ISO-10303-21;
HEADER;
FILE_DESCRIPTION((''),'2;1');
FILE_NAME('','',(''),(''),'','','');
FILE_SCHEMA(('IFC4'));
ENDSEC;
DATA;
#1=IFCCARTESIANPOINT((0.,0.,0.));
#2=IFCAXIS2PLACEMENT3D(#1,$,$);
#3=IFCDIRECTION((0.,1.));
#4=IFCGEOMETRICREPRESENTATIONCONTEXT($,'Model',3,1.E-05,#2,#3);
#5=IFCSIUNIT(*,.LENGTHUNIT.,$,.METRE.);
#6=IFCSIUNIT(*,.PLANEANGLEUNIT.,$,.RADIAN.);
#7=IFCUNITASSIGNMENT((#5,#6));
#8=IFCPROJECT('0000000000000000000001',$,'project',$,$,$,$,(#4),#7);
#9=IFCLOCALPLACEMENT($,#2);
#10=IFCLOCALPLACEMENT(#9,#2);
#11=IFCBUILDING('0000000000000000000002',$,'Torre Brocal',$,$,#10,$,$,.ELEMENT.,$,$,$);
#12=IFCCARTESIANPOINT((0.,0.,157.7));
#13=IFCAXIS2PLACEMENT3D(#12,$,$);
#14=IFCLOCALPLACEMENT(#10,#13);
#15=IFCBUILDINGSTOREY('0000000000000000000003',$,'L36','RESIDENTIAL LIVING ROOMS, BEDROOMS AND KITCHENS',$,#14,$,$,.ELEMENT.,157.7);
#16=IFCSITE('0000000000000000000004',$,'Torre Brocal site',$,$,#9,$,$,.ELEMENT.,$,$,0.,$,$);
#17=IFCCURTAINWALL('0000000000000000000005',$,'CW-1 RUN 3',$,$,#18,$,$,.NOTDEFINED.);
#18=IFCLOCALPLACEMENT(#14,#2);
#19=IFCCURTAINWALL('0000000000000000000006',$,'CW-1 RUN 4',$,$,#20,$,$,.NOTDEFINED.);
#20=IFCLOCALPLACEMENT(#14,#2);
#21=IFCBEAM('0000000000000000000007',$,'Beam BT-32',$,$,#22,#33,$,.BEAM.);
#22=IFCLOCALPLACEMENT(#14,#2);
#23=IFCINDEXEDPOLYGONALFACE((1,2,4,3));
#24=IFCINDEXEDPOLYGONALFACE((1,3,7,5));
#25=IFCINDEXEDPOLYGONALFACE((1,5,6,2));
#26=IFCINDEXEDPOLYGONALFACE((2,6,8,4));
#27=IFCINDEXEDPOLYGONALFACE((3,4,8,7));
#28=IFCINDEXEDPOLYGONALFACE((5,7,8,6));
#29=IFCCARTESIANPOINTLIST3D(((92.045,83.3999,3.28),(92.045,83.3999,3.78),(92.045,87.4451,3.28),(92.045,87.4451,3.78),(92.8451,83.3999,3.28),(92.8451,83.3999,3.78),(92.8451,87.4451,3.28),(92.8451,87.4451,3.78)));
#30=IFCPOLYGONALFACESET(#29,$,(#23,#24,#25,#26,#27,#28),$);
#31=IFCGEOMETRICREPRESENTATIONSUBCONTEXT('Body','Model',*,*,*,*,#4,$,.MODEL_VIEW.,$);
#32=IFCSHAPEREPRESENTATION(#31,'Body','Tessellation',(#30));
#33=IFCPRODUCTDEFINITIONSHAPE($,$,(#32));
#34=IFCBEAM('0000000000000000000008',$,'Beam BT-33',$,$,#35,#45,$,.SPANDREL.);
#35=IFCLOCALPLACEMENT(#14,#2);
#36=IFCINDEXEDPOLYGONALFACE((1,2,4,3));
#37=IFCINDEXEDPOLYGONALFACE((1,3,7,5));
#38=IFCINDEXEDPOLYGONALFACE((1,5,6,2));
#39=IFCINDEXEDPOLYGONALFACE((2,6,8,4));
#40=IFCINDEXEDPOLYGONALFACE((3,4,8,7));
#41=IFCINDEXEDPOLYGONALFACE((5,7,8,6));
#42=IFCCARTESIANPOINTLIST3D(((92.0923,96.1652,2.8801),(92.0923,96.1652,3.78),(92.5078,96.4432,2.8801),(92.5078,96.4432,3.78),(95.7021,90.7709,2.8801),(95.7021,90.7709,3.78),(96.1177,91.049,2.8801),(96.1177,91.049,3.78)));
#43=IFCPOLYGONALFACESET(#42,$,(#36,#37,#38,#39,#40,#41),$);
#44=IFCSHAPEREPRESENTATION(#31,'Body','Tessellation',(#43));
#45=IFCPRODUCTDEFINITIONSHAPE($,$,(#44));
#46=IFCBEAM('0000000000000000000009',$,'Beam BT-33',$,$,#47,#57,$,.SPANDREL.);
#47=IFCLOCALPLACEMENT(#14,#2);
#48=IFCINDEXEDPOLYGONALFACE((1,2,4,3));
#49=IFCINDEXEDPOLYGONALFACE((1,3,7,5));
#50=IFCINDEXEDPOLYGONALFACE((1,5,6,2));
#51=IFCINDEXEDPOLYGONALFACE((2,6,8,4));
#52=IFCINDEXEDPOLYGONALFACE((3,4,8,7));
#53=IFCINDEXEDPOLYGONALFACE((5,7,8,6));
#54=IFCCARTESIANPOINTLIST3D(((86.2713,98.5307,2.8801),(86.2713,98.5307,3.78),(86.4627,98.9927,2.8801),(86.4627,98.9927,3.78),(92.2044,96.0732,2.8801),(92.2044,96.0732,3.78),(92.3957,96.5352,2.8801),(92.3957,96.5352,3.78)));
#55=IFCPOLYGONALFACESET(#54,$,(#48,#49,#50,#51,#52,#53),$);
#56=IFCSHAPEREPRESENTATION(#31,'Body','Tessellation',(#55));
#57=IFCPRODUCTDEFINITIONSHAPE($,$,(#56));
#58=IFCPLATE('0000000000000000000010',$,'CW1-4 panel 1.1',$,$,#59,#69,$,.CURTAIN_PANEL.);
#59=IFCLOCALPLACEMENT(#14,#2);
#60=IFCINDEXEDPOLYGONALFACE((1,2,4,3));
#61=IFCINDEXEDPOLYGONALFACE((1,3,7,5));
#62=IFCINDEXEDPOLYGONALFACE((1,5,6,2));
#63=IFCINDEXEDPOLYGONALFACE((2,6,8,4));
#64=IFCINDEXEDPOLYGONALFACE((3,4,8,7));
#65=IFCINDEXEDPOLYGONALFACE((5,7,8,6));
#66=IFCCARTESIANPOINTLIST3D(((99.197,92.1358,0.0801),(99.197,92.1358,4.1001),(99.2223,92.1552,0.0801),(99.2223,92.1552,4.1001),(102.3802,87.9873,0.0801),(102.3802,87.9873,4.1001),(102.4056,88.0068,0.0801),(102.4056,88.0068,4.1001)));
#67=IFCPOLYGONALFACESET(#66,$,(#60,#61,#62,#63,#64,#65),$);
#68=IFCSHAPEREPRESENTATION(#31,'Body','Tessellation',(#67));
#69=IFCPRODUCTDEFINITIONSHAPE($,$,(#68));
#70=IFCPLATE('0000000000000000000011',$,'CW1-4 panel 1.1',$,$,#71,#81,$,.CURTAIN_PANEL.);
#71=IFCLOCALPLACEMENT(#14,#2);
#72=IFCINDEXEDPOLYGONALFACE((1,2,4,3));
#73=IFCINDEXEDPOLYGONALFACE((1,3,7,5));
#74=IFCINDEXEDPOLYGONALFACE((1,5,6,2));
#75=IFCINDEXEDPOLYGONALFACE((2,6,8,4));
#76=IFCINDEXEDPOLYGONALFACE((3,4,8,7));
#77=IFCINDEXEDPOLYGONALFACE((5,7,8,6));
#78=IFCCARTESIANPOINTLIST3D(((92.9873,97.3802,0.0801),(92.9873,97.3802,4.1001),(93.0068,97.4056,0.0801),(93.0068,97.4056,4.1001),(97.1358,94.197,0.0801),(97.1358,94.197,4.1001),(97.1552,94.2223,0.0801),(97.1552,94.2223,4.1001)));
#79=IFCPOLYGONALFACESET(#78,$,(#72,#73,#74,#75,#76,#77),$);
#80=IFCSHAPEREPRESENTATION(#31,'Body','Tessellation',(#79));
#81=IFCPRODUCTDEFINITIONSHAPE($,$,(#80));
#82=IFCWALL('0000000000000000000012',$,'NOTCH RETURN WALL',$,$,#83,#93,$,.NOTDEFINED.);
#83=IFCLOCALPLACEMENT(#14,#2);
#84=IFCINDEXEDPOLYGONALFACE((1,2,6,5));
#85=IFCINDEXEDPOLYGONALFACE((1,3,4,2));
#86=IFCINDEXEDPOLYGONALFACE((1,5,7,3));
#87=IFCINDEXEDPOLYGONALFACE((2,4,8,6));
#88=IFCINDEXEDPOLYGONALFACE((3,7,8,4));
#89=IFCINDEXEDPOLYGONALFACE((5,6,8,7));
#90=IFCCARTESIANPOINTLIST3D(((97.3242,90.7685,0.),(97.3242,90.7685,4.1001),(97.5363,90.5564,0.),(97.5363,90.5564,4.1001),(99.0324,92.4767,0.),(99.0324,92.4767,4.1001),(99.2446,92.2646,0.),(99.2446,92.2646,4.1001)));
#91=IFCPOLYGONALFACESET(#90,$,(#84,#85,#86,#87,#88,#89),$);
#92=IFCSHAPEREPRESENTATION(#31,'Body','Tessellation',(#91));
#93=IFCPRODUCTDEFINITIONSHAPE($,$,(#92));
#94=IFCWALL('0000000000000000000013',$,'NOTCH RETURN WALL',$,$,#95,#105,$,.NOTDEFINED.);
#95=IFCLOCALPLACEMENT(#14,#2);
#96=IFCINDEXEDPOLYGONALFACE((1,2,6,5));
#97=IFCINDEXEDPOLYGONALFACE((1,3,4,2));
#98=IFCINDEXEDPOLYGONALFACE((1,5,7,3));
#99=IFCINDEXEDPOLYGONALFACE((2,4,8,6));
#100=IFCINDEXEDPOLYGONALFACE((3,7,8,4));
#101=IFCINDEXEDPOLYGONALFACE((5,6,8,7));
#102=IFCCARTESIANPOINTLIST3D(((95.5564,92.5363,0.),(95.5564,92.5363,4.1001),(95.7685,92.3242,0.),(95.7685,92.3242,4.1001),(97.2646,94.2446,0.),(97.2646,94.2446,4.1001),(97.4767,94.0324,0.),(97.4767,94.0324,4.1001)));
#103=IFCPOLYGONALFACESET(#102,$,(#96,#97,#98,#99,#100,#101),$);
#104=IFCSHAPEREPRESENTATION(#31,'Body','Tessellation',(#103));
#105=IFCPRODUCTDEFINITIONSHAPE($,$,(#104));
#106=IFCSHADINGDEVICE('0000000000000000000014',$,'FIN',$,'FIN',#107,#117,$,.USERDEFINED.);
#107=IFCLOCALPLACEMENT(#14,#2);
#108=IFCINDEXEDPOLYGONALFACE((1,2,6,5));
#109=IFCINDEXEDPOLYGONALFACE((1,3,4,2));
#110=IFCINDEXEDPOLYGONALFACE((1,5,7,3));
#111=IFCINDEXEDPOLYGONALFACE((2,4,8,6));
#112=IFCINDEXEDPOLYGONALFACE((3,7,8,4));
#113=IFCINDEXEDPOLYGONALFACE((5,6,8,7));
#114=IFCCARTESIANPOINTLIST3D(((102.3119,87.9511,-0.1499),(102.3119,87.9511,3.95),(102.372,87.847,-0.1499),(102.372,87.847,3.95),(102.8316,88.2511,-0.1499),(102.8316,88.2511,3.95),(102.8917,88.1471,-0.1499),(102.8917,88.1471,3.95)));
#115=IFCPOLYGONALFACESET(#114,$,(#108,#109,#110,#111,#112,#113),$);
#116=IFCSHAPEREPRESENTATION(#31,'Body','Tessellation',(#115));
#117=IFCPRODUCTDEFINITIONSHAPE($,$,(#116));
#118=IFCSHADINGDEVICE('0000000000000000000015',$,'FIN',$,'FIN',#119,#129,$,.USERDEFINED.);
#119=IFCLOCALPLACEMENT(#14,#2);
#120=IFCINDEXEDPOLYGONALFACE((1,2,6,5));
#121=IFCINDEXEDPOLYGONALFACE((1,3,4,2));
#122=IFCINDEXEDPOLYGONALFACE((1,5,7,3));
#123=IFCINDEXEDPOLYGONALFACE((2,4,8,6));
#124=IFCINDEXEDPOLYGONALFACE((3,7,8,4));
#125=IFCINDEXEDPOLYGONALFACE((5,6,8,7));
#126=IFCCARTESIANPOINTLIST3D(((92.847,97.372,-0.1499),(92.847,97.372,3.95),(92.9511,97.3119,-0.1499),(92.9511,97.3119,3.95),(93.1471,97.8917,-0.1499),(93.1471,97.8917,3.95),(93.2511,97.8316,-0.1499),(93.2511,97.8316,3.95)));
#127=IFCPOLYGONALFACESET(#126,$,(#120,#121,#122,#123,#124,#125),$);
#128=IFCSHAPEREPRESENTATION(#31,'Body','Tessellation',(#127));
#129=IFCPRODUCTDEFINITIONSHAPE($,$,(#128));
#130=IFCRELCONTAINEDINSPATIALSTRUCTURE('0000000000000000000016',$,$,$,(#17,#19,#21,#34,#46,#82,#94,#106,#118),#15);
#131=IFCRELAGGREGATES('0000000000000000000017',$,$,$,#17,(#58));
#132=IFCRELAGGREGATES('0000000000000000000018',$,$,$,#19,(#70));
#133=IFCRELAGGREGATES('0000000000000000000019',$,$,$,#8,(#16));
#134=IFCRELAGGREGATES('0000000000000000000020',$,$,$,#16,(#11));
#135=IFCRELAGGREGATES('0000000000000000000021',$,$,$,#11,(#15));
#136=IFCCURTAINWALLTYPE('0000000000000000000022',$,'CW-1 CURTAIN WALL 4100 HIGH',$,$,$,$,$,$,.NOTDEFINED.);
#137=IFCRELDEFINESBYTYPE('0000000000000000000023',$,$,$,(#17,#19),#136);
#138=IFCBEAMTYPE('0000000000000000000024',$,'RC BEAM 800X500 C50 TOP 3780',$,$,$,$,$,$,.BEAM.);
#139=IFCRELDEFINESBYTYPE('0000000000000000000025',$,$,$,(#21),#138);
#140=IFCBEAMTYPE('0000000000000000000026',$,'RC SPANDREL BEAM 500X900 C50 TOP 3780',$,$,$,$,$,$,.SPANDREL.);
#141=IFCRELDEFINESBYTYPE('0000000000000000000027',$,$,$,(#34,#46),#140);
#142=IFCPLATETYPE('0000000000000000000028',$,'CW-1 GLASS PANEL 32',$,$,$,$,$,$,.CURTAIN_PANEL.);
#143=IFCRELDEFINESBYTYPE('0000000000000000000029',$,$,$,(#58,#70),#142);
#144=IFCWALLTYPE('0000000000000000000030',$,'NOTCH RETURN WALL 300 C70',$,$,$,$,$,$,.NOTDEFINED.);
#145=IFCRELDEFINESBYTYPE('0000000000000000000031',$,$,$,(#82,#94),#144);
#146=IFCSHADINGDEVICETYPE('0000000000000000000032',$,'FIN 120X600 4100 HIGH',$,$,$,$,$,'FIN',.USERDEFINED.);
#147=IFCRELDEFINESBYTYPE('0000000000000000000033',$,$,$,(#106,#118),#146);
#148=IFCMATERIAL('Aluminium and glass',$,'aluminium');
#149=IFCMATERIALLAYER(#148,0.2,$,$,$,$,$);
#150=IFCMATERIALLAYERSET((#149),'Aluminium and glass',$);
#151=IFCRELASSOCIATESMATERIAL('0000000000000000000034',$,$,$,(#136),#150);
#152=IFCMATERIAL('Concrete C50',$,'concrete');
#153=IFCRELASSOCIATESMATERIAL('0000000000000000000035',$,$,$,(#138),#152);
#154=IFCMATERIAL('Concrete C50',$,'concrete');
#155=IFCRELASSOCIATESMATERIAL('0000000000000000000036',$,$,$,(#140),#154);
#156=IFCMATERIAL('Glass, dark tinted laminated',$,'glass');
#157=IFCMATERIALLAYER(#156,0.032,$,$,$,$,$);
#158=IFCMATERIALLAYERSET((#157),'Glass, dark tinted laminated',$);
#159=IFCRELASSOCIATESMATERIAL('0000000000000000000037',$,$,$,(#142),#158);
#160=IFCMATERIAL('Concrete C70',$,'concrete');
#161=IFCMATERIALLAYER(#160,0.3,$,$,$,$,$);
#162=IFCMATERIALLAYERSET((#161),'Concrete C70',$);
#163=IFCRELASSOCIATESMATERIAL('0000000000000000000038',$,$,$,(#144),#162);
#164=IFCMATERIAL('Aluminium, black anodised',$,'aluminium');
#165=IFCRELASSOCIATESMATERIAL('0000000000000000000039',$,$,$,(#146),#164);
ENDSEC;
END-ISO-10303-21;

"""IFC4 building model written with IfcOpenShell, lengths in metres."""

from ifc_helpers import new_model, si_unit, direction, frame, frame_2d, origin, origin_2d, place, context, subcontext, project, spatial, rectangle, extrude, material, layer, layer_set, material_profile, profile_set, type_object, element, aggregate, save


model = new_model("IFC4")

# Units and contexts
model_context = context("Model", 3, precision=1e-05, world=origin(), true_north=direction((0.0, 1.0)))
body_context = subcontext(model_context, "Body", "Model", "MODEL_VIEW")
ifc_project = project(units=[si_unit("LENGTHUNIT", "METRE"), si_unit("PLANEANGLEUNIT", "RADIAN")], contexts=[model_context])

# Site, building, storey
site_placement = place(None, origin())
site = spatial("IfcSite", under=ifc_project, at=site_placement, Name="Torre Brocal site", CompositionType="ELEMENT", RefElevation=0.0)
building_placement = place(site_placement, origin())
building = spatial("IfcBuilding", under=site, at=building_placement, Name="Torre Brocal", CompositionType="ELEMENT")
storey_placement = place(building_placement, frame((0.0, 0.0, 157.7)))
storey = spatial("IfcBuildingStorey", under=building, at=storey_placement, Name="L36", Description="RESIDENTIAL LIVING ROOMS, BEDROOMS AND KITCHENS", CompositionType="ELEMENT", Elevation=157.7)

# Shared definitions
ifc_material_1 = material(Name="Aluminium and glass", Category="aluminium")
ifc_layer_1 = layer(ifc_material_1, 0.2)
ifc_layer_set_1 = layer_set([ifc_layer_1], Name="Aluminium and glass")
curtain_wall_type = type_object("IfcCurtainWallType", Name="CW-1 CURTAIN WALL 4100 HIGH", PredefinedType="NOTDEFINED", material=ifc_layer_set_1)

# Curtain walls
curtain_wall_1_placement = place(storey_placement, origin())
curtain_wall_1 = element("IfcCurtainWall", 1, at=curtain_wall_1_placement, inside=storey, type_object=curtain_wall_type, Name="CW-1 RUN 3", PredefinedType="NOTDEFINED")
curtain_wall_2_placement = place(storey_placement, origin())
curtain_wall_2 = element("IfcCurtainWall", 2, at=curtain_wall_2_placement, inside=storey, type_object=curtain_wall_type, Name="CW-1 RUN 4", PredefinedType="NOTDEFINED")

# Beams
ifc_material_2 = material(Name="Concrete C50", Category="concrete")
ifc_material_profile_1 = material_profile(ifc_material_2, rectangle(XDim=0.8, YDim=0.5, at=origin_2d()), Name="RC 800X500")
ifc_profile_set_1 = profile_set([ifc_material_profile_1], Name="Concrete C50")
beam_type_1 = type_object("IfcBeamType", Name="RC BEAM 800X500 C50 TOP 3780", PredefinedType="BEAM", material=ifc_profile_set_1)
beam_1_placement = place(storey_placement, frame((92.4451, 87.4451, 3.53), z_axis=(0.0, -1.0, 0.0), x_axis=(1.0, 0.0, 0.0)))
element("IfcBeam", 3, at=beam_1_placement, inside=storey, type_object=beam_type_1, Name="Beam BT-32", PredefinedType="BEAM", context=body_context, shape_type="SweptSolid", body=[
    extrude(rectangle(XDim=0.8, YDim=0.5, at=origin_2d()), origin(), (0.0, 0.0, 1.0), 4.0452),
])
ifc_material_3 = material(Name="Concrete C50", Category="concrete")
ifc_material_profile_2 = material_profile(ifc_material_3, rectangle(XDim=0.5, YDim=0.8999, at=origin_2d()), Name="RC 500X900")
ifc_profile_set_2 = profile_set([ifc_material_profile_2], Name="Concrete C50")
beam_type_2 = type_object("IfcBeamType", Name="RC SPANDREL BEAM 500X900 C50 TOP 3780", PredefinedType="SPANDREL", material=ifc_profile_set_2)
beam_2_placement = place(storey_placement, frame((95.9099, 90.9099, 3.3301), z_axis=(-0.556158, 0.831077, 0.0), x_axis=(-0.831077, -0.556158, 0.0)))
element("IfcBeam", 4, at=beam_2_placement, inside=storey, type_object=beam_type_2, Name="Beam BT-33", PredefinedType="SPANDREL", context=body_context, shape_type="SweptSolid", body=[
    extrude(rectangle(XDim=0.5, YDim=0.8999, at=origin_2d()), origin(), (0.0, 0.0, 1.0), 6.4907),
])
beam_3_placement = place(storey_placement, frame((92.3, 96.3042, 3.3301), z_axis=(-0.923882, 0.382676, 0.0), x_axis=(-0.382676, -0.923882, 0.0)))
element("IfcBeam", 5, at=beam_3_placement, inside=storey, type_object=beam_type_2, Name="Beam BT-33", PredefinedType="SPANDREL", context=body_context, shape_type="SweptSolid", body=[
    extrude(rectangle(XDim=0.5, YDim=0.8999, at=origin_2d()), origin(), (0.0, 0.0, 1.0), 6.4219),
])

# Plates
ifc_material_4 = material(Name="Glass, dark tinted laminated", Category="glass")
ifc_layer_2 = layer(ifc_material_4, 0.032)
ifc_layer_set_2 = layer_set([ifc_layer_2], Name="Glass, dark tinted laminated")
plate_type = type_object("IfcPlateType", Name="CW-1 GLASS PANEL 32", PredefinedType="CURTAIN_PANEL", material=ifc_layer_set_2)
plate_1_placement = place(storey_placement, frame((100.8013, 90.0713, 0.0801), z_axis=(0.0, 0.0, 1.0), x_axis=(-0.608761, 0.793353, 0.0)))
plate_1 = element("IfcPlate", 6, at=plate_1_placement, type_object=plate_type, Name="CW1-4 panel 1.1", PredefinedType="CURTAIN_PANEL", context=body_context, shape_type="SweptSolid", body=[
    extrude(rectangle(XDim=5.229, YDim=0.032, at=origin_2d()), origin(), (0.0, 0.0, 1.0), 4.02),
])
aggregate(curtain_wall_1, [plate_1])
plate_2_placement = place(storey_placement, frame((95.0713, 95.8013, 0.0801), z_axis=(0.0, 0.0, 1.0), x_axis=(-0.793353, 0.608761, 0.0)))
plate_2 = element("IfcPlate", 7, at=plate_2_placement, type_object=plate_type, Name="CW1-4 panel 1.1", PredefinedType="CURTAIN_PANEL", context=body_context, shape_type="SweptSolid", body=[
    extrude(rectangle(XDim=5.229, YDim=0.032, at=origin_2d()), origin(), (0.0, 0.0, 1.0), 4.02),
])
aggregate(curtain_wall_2, [plate_2])

# Walls
ifc_material_5 = material(Name="Concrete C70", Category="concrete")
ifc_layer_3 = layer(ifc_material_5, 0.3)
ifc_layer_set_3 = layer_set([ifc_layer_3], Name="Concrete C70")
wall_type = type_object("IfcWallType", Name="NOTCH RETURN WALL 300 C70", PredefinedType="NOTDEFINED", material=ifc_layer_set_3)
for number, where, z_axis, x_axis, name in (
    (8, (97.4302, 90.6624, 0.0), (0.0, 0.0, 1.0), (0.707107, 0.707107, 0.0), "NOTCH RETURN WALL"),
    (9, (95.6624, 92.4302, 0.0), (0.0, 0.0, 1.0), (0.707107, 0.707107, 0.0), "NOTCH RETURN WALL"),
):
    element("IfcWall", number, at=place(storey_placement, frame(where, z_axis=z_axis, x_axis=x_axis)), inside=storey, type_object=wall_type, Name=name, PredefinedType="NOTDEFINED", context=body_context, shape_type="SweptSolid", body=[
        extrude(rectangle(XDim=2.4158, YDim=0.3, at=frame_2d((1.208, 0.0))), origin(), (0.0, 0.0, 1.0), 4.1001),
    ])

# Shading devices
ifc_material_6 = material(Name="Aluminium, black anodised", Category="aluminium")
ifc_material_profile_3 = material_profile(ifc_material_6, rectangle(XDim=0.1201, YDim=0.6001, at=origin_2d()), Name="FIN 120X600 4100 HIGH")
ifc_profile_set_3 = profile_set([ifc_material_profile_3], Name="Aluminium, black anodised")
shading_device_type = type_object("IfcShadingDeviceType", Name="FIN 120X600 4100 HIGH", ElementType="FIN", PredefinedType="USERDEFINED", material=ifc_profile_set_3)
for number, where, z_axis, x_axis, name in (
    (10, (102.6018, 88.0491, -0.1499), (0.0, 0.0, 1.0), (-0.5, 0.866025, 0.0), "FIN"),
    (11, (93.0491, 97.6018, -0.1499), (0.0, 0.0, 1.0), (-0.866025, 0.5, 0.0), "FIN"),
):
    element("IfcShadingDevice", number, at=place(storey_placement, frame(where, z_axis=z_axis, x_axis=x_axis)), inside=storey, type_object=shading_device_type, Name=name, ObjectType="FIN", PredefinedType="USERDEFINED", context=body_context, shape_type="SweptSolid", body=[
        extrude(rectangle(XDim=0.1201, YDim=0.6001, at=origin_2d()), origin(), (0.0, 0.0, 1.0), 4.0999),
    ])

save(model, "model.ifc")
